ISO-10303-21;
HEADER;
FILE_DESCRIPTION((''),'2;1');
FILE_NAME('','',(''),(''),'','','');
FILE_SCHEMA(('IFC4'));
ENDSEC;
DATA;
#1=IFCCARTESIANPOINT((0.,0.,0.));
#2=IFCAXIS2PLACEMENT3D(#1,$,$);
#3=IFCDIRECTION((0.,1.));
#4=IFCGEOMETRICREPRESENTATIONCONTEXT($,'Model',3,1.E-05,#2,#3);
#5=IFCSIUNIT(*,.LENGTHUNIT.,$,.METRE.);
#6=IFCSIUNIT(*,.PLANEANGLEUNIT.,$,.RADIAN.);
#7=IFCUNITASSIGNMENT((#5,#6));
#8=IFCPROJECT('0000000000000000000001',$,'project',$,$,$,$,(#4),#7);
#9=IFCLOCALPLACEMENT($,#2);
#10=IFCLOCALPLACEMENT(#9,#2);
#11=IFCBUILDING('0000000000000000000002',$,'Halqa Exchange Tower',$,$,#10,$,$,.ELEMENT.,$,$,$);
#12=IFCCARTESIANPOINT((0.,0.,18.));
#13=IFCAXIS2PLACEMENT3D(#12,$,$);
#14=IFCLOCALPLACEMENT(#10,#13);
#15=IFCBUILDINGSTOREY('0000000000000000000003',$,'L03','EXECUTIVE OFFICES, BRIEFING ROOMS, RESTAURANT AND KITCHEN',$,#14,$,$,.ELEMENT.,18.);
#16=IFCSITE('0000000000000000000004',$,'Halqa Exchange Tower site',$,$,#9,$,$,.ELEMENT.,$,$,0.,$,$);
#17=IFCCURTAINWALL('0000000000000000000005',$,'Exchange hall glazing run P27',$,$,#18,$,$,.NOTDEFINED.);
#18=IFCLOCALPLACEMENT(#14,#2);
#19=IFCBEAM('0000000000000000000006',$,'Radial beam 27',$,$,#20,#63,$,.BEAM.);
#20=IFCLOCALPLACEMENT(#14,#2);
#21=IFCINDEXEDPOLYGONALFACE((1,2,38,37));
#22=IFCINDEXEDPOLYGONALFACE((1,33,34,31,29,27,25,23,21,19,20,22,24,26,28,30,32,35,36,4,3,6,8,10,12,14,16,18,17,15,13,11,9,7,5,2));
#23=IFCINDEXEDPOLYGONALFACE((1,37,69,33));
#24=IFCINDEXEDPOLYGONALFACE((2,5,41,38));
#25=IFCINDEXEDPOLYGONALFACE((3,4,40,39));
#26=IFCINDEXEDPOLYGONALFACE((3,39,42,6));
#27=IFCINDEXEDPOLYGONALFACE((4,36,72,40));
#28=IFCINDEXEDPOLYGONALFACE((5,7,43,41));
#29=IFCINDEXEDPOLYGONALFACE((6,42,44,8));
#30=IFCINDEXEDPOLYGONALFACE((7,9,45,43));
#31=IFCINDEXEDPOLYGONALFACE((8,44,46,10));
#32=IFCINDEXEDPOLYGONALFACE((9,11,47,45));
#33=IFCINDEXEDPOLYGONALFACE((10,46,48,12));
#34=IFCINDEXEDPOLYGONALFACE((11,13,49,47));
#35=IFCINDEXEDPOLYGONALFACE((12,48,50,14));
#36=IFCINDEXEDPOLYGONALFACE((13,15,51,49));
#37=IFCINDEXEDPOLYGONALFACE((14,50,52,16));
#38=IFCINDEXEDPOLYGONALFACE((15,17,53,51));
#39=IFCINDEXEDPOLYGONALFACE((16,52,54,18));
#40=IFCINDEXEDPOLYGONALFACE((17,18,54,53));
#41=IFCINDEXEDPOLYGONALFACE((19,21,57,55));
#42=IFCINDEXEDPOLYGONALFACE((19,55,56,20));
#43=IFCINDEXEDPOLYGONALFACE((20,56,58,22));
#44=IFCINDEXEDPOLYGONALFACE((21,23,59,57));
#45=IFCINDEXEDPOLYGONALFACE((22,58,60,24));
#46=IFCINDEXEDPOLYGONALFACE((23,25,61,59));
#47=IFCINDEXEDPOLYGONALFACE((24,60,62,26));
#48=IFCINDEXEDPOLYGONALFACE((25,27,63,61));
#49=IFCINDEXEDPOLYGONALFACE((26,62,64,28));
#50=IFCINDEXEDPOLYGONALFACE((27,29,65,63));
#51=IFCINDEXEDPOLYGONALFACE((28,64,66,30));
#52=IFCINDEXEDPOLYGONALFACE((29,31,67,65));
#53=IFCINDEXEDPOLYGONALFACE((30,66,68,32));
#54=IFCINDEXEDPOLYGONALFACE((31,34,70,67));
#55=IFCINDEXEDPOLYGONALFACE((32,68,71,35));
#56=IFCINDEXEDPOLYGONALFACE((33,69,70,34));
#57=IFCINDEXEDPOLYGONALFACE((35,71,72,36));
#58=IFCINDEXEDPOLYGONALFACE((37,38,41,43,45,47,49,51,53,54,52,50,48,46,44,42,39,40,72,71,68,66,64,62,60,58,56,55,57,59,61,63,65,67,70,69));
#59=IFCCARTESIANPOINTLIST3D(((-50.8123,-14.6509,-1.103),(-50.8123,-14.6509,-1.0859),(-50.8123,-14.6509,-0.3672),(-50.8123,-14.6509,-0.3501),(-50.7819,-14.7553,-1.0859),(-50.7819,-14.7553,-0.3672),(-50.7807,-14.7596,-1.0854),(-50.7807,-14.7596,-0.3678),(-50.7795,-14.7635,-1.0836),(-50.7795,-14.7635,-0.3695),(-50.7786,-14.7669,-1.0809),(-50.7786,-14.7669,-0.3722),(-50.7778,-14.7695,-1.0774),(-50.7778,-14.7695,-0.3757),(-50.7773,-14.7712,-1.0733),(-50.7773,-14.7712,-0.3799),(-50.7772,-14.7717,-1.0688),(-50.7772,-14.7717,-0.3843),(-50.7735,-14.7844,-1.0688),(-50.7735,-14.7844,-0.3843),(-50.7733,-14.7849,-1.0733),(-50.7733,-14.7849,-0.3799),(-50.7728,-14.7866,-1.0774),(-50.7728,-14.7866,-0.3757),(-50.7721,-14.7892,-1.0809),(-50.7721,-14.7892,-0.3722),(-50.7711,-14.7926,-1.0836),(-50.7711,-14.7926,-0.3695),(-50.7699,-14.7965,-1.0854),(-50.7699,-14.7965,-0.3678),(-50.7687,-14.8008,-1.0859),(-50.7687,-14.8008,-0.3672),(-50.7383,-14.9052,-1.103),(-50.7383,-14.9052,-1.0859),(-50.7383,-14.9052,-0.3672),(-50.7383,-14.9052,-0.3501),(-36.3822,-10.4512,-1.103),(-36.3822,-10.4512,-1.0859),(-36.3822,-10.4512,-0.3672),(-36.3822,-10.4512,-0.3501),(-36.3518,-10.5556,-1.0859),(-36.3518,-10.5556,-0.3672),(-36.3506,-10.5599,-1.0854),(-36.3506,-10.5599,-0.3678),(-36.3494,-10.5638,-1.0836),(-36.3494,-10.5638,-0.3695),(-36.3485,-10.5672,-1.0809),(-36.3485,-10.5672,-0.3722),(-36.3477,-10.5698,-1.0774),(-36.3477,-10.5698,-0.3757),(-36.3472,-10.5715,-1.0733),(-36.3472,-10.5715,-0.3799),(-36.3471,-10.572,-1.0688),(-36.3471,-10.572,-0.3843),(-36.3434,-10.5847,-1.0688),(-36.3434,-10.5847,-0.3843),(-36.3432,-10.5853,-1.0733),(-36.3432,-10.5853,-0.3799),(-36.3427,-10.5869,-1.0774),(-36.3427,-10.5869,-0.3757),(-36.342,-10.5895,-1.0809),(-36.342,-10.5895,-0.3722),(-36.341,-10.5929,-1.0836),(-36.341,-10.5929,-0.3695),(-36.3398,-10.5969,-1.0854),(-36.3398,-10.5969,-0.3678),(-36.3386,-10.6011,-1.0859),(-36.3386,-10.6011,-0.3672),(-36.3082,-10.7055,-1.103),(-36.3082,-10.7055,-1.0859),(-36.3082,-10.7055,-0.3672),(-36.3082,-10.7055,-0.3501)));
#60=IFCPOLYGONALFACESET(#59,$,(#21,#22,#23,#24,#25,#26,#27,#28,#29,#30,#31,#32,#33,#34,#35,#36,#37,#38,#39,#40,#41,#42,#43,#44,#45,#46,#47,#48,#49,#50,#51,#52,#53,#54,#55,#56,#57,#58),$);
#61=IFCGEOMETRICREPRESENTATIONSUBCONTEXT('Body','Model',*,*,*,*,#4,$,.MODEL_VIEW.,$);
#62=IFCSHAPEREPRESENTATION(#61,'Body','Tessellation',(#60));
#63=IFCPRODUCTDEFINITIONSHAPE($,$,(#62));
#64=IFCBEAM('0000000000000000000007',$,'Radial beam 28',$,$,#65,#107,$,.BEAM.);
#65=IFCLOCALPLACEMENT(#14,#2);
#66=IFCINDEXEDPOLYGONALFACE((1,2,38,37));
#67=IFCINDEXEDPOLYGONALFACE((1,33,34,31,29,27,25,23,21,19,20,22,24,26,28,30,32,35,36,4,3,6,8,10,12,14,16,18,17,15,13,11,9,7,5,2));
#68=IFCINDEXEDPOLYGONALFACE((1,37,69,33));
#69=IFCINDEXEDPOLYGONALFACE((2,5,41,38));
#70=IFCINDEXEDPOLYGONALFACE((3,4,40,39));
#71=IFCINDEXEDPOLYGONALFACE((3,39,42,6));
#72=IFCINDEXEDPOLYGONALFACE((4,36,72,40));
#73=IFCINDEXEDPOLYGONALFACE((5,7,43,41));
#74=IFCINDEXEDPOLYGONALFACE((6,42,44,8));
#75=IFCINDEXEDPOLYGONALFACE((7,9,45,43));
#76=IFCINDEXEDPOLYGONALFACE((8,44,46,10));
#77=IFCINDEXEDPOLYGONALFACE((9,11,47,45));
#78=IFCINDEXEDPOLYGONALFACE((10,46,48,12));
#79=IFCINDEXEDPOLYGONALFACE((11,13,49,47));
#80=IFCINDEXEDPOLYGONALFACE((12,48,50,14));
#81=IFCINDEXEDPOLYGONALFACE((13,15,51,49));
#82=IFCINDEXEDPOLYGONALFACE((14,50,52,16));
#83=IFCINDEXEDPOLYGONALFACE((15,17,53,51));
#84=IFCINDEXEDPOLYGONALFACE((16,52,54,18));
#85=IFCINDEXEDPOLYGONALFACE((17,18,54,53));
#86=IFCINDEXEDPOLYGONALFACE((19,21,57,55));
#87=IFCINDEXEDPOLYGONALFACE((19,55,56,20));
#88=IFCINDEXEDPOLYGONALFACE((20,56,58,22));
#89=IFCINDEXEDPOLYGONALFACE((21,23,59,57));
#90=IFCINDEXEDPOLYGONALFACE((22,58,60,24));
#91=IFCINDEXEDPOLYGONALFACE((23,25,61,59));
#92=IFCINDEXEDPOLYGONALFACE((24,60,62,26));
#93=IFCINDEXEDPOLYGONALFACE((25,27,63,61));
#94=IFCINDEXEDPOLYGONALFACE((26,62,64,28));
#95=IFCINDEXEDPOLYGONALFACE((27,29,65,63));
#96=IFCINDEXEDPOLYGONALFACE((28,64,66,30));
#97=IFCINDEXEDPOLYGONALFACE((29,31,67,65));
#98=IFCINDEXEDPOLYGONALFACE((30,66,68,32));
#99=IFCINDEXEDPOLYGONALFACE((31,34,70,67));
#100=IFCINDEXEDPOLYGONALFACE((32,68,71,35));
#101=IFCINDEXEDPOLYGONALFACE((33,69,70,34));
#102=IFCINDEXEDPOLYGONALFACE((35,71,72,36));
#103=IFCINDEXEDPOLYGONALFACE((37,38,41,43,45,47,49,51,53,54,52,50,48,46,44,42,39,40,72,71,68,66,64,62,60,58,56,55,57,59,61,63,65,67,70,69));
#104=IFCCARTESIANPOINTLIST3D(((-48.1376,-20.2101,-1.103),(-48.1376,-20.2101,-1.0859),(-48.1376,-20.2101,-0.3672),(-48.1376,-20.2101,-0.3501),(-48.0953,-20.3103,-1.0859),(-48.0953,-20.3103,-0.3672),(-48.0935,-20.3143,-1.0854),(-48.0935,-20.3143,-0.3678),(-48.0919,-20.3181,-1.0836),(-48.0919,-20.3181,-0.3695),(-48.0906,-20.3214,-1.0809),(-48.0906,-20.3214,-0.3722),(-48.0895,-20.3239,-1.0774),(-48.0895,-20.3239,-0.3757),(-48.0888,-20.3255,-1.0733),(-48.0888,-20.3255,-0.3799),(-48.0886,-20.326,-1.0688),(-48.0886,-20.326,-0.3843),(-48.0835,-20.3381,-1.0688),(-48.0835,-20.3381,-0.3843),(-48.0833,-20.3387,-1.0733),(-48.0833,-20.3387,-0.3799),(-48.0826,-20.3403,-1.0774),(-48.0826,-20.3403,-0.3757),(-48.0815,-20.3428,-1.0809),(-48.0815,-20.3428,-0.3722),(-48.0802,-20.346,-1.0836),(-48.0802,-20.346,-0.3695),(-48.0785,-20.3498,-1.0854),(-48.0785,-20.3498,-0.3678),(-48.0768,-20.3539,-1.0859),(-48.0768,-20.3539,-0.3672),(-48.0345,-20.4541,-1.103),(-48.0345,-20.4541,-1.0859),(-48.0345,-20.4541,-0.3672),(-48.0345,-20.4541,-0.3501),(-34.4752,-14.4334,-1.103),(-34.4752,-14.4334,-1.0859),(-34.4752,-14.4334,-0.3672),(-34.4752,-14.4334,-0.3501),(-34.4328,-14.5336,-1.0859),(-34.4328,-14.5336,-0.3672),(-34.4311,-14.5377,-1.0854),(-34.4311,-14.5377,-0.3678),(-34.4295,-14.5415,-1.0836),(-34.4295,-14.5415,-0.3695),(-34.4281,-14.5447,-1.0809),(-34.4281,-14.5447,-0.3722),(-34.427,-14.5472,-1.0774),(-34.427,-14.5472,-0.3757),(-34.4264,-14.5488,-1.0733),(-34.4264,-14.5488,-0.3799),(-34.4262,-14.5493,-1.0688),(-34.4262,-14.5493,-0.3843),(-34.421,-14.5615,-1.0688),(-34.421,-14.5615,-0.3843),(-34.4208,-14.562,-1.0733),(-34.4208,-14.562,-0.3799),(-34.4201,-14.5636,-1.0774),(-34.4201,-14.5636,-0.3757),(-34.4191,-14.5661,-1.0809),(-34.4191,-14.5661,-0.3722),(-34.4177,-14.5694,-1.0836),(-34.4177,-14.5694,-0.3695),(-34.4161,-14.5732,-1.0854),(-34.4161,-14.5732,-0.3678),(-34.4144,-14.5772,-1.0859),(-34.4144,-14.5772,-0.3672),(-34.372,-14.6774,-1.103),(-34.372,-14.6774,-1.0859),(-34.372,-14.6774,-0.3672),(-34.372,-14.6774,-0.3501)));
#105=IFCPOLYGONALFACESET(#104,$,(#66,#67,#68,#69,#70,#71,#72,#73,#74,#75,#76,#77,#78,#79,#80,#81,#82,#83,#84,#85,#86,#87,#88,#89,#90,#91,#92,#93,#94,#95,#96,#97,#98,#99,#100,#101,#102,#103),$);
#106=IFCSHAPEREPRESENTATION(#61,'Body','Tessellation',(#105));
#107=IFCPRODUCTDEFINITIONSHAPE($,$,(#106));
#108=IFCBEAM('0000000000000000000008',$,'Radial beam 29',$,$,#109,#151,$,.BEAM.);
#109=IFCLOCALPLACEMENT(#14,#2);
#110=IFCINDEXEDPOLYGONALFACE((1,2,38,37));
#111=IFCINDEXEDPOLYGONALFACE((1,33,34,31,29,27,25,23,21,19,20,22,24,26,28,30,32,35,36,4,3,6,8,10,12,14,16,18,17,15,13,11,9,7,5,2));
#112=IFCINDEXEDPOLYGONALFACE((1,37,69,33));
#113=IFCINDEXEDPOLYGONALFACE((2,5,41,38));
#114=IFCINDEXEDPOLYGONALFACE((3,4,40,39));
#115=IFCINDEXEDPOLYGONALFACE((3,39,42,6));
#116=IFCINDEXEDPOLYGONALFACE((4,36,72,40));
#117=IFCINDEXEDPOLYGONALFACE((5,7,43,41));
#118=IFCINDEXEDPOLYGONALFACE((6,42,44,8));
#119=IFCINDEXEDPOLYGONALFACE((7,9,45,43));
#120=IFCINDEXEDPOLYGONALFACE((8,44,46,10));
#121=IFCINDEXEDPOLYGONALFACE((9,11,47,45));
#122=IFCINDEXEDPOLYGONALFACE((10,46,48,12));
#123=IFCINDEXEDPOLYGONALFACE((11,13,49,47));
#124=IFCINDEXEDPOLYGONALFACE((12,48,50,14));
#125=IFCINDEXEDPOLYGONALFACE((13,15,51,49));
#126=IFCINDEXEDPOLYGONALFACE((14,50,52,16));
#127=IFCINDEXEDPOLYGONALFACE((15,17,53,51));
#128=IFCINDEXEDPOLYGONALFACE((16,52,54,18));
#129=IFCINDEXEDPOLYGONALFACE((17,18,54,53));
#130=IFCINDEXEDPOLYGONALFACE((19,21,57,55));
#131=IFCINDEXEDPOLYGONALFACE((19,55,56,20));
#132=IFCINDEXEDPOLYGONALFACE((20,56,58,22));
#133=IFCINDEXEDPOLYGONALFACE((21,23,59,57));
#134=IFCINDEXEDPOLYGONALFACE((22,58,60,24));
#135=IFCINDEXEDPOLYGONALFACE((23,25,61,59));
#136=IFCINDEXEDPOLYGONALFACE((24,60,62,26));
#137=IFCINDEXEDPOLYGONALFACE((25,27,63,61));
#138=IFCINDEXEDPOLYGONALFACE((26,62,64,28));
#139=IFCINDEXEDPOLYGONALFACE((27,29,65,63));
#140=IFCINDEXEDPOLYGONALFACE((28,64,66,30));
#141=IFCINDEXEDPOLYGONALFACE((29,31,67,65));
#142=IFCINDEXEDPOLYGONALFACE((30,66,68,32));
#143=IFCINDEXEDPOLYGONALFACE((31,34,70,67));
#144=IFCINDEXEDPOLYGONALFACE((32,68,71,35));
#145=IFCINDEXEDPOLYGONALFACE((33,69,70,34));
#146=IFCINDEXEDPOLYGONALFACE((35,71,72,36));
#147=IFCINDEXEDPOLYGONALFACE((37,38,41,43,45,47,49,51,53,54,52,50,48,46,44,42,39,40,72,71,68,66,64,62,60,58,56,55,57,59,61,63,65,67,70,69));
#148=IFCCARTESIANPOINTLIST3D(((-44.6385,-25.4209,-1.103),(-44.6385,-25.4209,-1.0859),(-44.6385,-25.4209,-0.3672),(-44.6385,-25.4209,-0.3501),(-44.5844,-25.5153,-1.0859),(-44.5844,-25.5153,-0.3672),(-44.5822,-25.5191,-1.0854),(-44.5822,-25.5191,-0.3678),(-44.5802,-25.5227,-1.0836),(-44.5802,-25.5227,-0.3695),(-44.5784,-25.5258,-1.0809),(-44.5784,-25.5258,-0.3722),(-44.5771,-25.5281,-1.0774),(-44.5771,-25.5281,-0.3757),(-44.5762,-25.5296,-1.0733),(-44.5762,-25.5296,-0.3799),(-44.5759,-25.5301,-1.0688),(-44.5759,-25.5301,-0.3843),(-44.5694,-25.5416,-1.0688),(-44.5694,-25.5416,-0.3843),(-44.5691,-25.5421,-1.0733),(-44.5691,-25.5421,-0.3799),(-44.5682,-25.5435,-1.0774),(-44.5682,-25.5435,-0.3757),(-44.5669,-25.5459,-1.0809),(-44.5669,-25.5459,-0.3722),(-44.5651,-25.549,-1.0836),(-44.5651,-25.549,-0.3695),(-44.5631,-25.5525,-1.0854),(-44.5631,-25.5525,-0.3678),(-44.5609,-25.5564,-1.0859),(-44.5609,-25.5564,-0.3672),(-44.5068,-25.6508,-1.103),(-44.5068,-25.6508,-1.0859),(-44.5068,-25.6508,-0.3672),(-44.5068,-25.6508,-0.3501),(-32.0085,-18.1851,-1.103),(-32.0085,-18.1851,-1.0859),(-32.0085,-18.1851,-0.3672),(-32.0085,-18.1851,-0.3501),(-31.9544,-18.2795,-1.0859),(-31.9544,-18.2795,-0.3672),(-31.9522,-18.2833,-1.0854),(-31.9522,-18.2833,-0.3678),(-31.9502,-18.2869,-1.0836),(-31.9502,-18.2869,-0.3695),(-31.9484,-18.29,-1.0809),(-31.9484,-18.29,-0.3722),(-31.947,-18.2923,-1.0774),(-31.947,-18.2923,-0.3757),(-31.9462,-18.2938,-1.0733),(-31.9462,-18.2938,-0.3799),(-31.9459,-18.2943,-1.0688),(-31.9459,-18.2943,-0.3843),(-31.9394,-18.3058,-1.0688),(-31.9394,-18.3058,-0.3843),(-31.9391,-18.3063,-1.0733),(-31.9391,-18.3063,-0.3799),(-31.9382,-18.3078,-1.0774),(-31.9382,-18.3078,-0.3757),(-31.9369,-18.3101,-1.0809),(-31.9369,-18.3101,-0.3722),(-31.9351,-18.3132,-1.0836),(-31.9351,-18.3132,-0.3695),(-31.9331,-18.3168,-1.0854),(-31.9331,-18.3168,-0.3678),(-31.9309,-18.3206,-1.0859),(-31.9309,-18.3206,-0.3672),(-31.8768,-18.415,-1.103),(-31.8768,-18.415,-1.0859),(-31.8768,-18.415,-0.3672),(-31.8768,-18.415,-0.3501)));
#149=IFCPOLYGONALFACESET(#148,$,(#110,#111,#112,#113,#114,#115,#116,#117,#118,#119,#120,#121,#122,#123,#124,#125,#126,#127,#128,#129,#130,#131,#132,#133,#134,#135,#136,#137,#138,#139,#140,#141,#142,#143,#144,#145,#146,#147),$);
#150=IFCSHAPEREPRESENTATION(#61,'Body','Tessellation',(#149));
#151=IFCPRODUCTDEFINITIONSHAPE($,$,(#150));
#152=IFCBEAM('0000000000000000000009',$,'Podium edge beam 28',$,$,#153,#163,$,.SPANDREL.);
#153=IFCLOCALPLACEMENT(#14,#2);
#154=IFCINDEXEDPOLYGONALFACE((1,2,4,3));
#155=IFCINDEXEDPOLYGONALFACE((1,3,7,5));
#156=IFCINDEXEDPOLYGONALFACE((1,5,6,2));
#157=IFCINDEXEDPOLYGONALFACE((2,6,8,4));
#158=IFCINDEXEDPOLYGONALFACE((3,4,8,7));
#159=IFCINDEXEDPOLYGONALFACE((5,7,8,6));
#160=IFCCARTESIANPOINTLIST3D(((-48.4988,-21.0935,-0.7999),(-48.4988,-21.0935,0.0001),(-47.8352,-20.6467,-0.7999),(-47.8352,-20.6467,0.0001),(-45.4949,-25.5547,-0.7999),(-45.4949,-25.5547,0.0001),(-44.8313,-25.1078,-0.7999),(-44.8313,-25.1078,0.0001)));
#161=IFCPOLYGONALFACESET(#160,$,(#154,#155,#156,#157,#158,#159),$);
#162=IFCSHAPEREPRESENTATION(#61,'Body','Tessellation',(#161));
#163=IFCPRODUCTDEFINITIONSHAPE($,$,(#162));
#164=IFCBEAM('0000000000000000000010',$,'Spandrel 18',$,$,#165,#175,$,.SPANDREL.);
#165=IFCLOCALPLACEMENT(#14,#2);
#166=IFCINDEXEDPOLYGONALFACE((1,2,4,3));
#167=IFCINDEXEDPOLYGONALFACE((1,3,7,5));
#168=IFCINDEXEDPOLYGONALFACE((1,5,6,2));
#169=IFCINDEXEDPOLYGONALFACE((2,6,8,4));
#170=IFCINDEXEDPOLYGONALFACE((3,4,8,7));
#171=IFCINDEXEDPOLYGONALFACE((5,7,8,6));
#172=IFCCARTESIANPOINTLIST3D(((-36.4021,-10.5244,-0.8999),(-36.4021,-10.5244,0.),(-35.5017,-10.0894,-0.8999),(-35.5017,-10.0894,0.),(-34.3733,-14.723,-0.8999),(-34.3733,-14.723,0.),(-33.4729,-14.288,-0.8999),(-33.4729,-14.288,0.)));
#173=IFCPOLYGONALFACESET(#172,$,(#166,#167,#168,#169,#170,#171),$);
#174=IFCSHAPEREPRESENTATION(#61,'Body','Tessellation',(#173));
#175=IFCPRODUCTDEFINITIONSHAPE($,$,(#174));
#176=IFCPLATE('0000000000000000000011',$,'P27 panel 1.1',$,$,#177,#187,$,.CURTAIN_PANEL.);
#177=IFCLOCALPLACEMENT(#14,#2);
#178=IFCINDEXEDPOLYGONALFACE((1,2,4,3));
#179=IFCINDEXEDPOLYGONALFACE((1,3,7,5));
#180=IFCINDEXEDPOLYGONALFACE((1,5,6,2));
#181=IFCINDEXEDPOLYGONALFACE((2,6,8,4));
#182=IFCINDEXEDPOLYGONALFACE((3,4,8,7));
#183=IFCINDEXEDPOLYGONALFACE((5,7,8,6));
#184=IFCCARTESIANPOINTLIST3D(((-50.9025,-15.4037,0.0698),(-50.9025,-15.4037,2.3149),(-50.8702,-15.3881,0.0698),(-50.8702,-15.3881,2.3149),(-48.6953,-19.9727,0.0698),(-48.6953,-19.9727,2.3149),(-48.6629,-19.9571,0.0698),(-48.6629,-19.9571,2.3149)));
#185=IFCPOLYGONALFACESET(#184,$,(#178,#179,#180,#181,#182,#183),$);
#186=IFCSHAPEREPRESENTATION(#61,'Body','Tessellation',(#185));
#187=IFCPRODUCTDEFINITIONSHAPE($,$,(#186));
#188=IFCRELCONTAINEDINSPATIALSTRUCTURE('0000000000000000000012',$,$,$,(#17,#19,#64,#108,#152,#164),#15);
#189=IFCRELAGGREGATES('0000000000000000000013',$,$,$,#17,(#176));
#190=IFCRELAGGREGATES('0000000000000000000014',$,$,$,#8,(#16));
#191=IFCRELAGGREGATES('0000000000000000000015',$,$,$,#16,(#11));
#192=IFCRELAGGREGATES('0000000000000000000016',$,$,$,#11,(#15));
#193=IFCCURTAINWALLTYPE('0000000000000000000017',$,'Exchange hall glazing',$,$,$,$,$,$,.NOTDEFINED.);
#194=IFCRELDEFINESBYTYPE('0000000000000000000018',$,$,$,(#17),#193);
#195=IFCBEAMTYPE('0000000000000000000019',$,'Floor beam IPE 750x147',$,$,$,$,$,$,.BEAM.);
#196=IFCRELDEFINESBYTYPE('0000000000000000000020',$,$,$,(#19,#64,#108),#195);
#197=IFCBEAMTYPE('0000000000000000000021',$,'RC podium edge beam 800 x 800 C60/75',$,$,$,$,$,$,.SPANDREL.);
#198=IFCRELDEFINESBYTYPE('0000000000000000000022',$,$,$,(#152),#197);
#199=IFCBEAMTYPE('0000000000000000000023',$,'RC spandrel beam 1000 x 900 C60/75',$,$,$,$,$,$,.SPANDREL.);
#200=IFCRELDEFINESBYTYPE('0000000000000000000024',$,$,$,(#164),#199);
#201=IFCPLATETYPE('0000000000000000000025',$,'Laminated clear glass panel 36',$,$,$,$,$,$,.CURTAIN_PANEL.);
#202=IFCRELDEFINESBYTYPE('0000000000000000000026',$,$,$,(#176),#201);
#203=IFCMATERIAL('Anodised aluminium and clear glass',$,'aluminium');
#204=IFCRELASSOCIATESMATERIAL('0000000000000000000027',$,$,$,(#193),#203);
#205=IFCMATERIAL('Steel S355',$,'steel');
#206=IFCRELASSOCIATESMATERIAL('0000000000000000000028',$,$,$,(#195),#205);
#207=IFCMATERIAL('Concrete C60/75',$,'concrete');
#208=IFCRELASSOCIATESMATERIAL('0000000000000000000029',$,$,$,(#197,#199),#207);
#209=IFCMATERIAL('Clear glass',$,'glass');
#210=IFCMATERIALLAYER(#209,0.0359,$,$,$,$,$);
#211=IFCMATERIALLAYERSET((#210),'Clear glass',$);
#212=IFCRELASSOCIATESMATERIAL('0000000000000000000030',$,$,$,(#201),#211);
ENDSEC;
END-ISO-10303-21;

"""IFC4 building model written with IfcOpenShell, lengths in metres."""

from ifc_helpers import new_model, si_unit, direction, frame, origin, origin_2d, place, context, subcontext, project, spatial, rectangle, i_section, extrude, material, layer, layer_set, material_profile, profile_set, type_object, element, aggregate, save


model = new_model("IFC4")

# Units and contexts
model_context = context("Model", 3, precision=1e-05, world=origin(), true_north=direction((0.0, 1.0)))
body_context = subcontext(model_context, "Body", "Model", "MODEL_VIEW")
ifc_project = project(units=[si_unit("LENGTHUNIT", "METRE"), si_unit("PLANEANGLEUNIT", "RADIAN")], contexts=[model_context])

# Site, building, storey
site_placement = place(None, origin())
site = spatial("IfcSite", under=ifc_project, at=site_placement, Name="Halqa Exchange Tower site", CompositionType="ELEMENT", RefElevation=0.0)
building_placement = place(site_placement, origin())
building = spatial("IfcBuilding", under=site, at=building_placement, Name="Halqa Exchange Tower", CompositionType="ELEMENT")
storey_placement = place(building_placement, frame((0.0, 0.0, 18.0)))
storey = spatial("IfcBuildingStorey", under=building, at=storey_placement, Name="L03", Description="EXECUTIVE OFFICES, BRIEFING ROOMS, RESTAURANT AND KITCHEN", CompositionType="ELEMENT", Elevation=18.0)

# Shared definitions
ifc_material_1 = material(Name="Concrete C60/75", Category="concrete")

# Curtain wall
ifc_material_2 = material(Name="Anodised aluminium and clear glass", Category="aluminium")
curtain_wall_type = type_object("IfcCurtainWallType", Name="Exchange hall glazing", PredefinedType="NOTDEFINED", material=ifc_material_2)
curtain_wall_1_placement = place(storey_placement, origin())
curtain_wall_1 = element("IfcCurtainWall", 1, at=curtain_wall_1_placement, inside=storey, type_object=curtain_wall_type, Name="Exchange hall glazing run P27", PredefinedType="NOTDEFINED")

# Beams
ifc_material_3 = material(Name="Steel S355", Category="steel")
ifc_material_profile_1 = material_profile(ifc_material_3, i_section(OverallWidth=0.2649, OverallDepth=0.7529, WebThickness=0.0132, FlangeThickness=0.0171, FilletRadius=0.0171, at=origin_2d()), Name="IPE 750x147")
ifc_profile_set_1 = profile_set([ifc_material_profile_1], Name="Steel S355")
beam_type_1 = type_object("IfcBeamType", Name="Floor beam IPE 750x147", PredefinedType="BEAM", material=ifc_profile_set_1)
beam_1_placement = place(storey_placement, frame((-36.3452, -10.5784, -0.7266), z_axis=(-0.960162, -0.279442, 0.0), x_axis=(0.279442, -0.960162, 0.0)))
element("IfcBeam", 2, at=beam_1_placement, inside=storey, type_object=beam_type_1, Name="Radial beam 27", PredefinedType="BEAM", context=body_context, shape_type="SweptSolid", body=[
    extrude(i_section(OverallWidth=0.2649, OverallDepth=0.7529, WebThickness=0.0132, FlangeThickness=0.0171, FilletRadius=0.0171, at=origin_2d()), origin(), (0.0, 0.0, 1.0), 15.0288),
])
beam_2_placement = place(storey_placement, frame((-34.4236, -14.5554, -0.7266), z_axis=(-0.921055, -0.389433, 0.0), x_axis=(0.389433, -0.921055, 0.0)))
element("IfcBeam", 3, at=beam_2_placement, inside=storey, type_object=beam_type_1, Name="Radial beam 28", PredefinedType="BEAM", context=body_context, shape_type="SweptSolid", body=[
    extrude(i_section(OverallWidth=0.2649, OverallDepth=0.7529, WebThickness=0.0132, FlangeThickness=0.0171, FilletRadius=0.0171, at=origin_2d()), origin(), (0.0, 0.0, 1.0), 14.8335),
])
beam_3_placement = place(storey_placement, frame((-31.9426, -18.3, -0.7266), z_axis=(-0.867691, -0.497103, 0.0), x_axis=(0.497103, -0.867691, 0.0)))
element("IfcBeam", 4, at=beam_3_placement, inside=storey, type_object=beam_type_1, Name="Radial beam 29", PredefinedType="BEAM", context=body_context, shape_type="SweptSolid", body=[
    extrude(i_section(OverallWidth=0.2649, OverallDepth=0.7529, WebThickness=0.0132, FlangeThickness=0.0171, FilletRadius=0.0171, at=origin_2d()), origin(), (0.0, 0.0, 1.0), 14.5559),
])
ifc_material_profile_2 = material_profile(ifc_material_1, rectangle(XDim=0.8, YDim=0.8, at=origin_2d()), Name="800 x 800")
ifc_profile_set_2 = profile_set([ifc_material_profile_2], Name="Concrete C60/75")
beam_type_2 = type_object("IfcBeamType", Name="RC podium edge beam 800 x 800 C60/75", PredefinedType="SPANDREL", material=ifc_profile_set_2)
beam_4_placement = place(storey_placement, frame((-48.167, -20.8701, -0.3999), z_axis=(0.558528, -0.829485, 0.0), x_axis=(0.829485, 0.558528, 0.0)))
element("IfcBeam", 5, at=beam_4_placement, inside=storey, type_object=beam_type_2, Name="Podium edge beam 28", PredefinedType="SPANDREL", context=body_context, shape_type="SweptSolid", body=[
    extrude(rectangle(XDim=0.8, YDim=0.8, at=origin_2d()), origin(), (0.0, 0.0, 1.0), 5.3782),
])
ifc_material_profile_3 = material_profile(ifc_material_1, rectangle(XDim=1.0, YDim=0.8999, at=origin_2d()), Name="1000 x 900")
ifc_profile_set_3 = profile_set([ifc_material_profile_3], Name="Concrete C60/75")
beam_type_3 = type_object("IfcBeamType", Name="RC spandrel beam 1000 x 900 C60/75", PredefinedType="SPANDREL", material=ifc_profile_set_3)
beam_5_placement = place(storey_placement, frame((-35.9519, -10.3069, -0.45), z_axis=(0.435068, -0.900397, 0.0), x_axis=(0.900397, 0.435068, 0.0)))
element("IfcBeam", 6, at=beam_5_placement, inside=storey, type_object=beam_type_3, Name="Spandrel 18", PredefinedType="SPANDREL", context=body_context, shape_type="SweptSolid", body=[
    extrude(rectangle(XDim=1.0, YDim=0.8999, at=origin_2d()), origin(), (0.0, 0.0, 1.0), 4.6631),
])

# Plate
ifc_material_4 = material(Name="Clear glass", Category="glass")
ifc_layer_1 = layer(ifc_material_4, 0.0359)
ifc_layer_set_1 = layer_set([ifc_layer_1], Name="Clear glass")
plate_type = type_object("IfcPlateType", Name="Laminated clear glass panel 36", PredefinedType="CURTAIN_PANEL", material=ifc_layer_set_1)
plate_1_placement = place(storey_placement, frame((-49.7827, -17.6804, 0.0698), z_axis=(0.0, 0.0, 1.0), x_axis=(0.43499, -0.900435, 0.0)))
plate_1 = element("IfcPlate", 7, at=plate_1_placement, type_object=plate_type, Name="P27 panel 1.1", PredefinedType="CURTAIN_PANEL", context=body_context, shape_type="SweptSolid", body=[
    extrude(rectangle(XDim=5.0742, YDim=0.0359, at=origin_2d()), origin(), (0.0, 0.0, 1.0), 2.2451),
])
aggregate(curtain_wall_1, [plate_1])

save(model, "model.ifc")
